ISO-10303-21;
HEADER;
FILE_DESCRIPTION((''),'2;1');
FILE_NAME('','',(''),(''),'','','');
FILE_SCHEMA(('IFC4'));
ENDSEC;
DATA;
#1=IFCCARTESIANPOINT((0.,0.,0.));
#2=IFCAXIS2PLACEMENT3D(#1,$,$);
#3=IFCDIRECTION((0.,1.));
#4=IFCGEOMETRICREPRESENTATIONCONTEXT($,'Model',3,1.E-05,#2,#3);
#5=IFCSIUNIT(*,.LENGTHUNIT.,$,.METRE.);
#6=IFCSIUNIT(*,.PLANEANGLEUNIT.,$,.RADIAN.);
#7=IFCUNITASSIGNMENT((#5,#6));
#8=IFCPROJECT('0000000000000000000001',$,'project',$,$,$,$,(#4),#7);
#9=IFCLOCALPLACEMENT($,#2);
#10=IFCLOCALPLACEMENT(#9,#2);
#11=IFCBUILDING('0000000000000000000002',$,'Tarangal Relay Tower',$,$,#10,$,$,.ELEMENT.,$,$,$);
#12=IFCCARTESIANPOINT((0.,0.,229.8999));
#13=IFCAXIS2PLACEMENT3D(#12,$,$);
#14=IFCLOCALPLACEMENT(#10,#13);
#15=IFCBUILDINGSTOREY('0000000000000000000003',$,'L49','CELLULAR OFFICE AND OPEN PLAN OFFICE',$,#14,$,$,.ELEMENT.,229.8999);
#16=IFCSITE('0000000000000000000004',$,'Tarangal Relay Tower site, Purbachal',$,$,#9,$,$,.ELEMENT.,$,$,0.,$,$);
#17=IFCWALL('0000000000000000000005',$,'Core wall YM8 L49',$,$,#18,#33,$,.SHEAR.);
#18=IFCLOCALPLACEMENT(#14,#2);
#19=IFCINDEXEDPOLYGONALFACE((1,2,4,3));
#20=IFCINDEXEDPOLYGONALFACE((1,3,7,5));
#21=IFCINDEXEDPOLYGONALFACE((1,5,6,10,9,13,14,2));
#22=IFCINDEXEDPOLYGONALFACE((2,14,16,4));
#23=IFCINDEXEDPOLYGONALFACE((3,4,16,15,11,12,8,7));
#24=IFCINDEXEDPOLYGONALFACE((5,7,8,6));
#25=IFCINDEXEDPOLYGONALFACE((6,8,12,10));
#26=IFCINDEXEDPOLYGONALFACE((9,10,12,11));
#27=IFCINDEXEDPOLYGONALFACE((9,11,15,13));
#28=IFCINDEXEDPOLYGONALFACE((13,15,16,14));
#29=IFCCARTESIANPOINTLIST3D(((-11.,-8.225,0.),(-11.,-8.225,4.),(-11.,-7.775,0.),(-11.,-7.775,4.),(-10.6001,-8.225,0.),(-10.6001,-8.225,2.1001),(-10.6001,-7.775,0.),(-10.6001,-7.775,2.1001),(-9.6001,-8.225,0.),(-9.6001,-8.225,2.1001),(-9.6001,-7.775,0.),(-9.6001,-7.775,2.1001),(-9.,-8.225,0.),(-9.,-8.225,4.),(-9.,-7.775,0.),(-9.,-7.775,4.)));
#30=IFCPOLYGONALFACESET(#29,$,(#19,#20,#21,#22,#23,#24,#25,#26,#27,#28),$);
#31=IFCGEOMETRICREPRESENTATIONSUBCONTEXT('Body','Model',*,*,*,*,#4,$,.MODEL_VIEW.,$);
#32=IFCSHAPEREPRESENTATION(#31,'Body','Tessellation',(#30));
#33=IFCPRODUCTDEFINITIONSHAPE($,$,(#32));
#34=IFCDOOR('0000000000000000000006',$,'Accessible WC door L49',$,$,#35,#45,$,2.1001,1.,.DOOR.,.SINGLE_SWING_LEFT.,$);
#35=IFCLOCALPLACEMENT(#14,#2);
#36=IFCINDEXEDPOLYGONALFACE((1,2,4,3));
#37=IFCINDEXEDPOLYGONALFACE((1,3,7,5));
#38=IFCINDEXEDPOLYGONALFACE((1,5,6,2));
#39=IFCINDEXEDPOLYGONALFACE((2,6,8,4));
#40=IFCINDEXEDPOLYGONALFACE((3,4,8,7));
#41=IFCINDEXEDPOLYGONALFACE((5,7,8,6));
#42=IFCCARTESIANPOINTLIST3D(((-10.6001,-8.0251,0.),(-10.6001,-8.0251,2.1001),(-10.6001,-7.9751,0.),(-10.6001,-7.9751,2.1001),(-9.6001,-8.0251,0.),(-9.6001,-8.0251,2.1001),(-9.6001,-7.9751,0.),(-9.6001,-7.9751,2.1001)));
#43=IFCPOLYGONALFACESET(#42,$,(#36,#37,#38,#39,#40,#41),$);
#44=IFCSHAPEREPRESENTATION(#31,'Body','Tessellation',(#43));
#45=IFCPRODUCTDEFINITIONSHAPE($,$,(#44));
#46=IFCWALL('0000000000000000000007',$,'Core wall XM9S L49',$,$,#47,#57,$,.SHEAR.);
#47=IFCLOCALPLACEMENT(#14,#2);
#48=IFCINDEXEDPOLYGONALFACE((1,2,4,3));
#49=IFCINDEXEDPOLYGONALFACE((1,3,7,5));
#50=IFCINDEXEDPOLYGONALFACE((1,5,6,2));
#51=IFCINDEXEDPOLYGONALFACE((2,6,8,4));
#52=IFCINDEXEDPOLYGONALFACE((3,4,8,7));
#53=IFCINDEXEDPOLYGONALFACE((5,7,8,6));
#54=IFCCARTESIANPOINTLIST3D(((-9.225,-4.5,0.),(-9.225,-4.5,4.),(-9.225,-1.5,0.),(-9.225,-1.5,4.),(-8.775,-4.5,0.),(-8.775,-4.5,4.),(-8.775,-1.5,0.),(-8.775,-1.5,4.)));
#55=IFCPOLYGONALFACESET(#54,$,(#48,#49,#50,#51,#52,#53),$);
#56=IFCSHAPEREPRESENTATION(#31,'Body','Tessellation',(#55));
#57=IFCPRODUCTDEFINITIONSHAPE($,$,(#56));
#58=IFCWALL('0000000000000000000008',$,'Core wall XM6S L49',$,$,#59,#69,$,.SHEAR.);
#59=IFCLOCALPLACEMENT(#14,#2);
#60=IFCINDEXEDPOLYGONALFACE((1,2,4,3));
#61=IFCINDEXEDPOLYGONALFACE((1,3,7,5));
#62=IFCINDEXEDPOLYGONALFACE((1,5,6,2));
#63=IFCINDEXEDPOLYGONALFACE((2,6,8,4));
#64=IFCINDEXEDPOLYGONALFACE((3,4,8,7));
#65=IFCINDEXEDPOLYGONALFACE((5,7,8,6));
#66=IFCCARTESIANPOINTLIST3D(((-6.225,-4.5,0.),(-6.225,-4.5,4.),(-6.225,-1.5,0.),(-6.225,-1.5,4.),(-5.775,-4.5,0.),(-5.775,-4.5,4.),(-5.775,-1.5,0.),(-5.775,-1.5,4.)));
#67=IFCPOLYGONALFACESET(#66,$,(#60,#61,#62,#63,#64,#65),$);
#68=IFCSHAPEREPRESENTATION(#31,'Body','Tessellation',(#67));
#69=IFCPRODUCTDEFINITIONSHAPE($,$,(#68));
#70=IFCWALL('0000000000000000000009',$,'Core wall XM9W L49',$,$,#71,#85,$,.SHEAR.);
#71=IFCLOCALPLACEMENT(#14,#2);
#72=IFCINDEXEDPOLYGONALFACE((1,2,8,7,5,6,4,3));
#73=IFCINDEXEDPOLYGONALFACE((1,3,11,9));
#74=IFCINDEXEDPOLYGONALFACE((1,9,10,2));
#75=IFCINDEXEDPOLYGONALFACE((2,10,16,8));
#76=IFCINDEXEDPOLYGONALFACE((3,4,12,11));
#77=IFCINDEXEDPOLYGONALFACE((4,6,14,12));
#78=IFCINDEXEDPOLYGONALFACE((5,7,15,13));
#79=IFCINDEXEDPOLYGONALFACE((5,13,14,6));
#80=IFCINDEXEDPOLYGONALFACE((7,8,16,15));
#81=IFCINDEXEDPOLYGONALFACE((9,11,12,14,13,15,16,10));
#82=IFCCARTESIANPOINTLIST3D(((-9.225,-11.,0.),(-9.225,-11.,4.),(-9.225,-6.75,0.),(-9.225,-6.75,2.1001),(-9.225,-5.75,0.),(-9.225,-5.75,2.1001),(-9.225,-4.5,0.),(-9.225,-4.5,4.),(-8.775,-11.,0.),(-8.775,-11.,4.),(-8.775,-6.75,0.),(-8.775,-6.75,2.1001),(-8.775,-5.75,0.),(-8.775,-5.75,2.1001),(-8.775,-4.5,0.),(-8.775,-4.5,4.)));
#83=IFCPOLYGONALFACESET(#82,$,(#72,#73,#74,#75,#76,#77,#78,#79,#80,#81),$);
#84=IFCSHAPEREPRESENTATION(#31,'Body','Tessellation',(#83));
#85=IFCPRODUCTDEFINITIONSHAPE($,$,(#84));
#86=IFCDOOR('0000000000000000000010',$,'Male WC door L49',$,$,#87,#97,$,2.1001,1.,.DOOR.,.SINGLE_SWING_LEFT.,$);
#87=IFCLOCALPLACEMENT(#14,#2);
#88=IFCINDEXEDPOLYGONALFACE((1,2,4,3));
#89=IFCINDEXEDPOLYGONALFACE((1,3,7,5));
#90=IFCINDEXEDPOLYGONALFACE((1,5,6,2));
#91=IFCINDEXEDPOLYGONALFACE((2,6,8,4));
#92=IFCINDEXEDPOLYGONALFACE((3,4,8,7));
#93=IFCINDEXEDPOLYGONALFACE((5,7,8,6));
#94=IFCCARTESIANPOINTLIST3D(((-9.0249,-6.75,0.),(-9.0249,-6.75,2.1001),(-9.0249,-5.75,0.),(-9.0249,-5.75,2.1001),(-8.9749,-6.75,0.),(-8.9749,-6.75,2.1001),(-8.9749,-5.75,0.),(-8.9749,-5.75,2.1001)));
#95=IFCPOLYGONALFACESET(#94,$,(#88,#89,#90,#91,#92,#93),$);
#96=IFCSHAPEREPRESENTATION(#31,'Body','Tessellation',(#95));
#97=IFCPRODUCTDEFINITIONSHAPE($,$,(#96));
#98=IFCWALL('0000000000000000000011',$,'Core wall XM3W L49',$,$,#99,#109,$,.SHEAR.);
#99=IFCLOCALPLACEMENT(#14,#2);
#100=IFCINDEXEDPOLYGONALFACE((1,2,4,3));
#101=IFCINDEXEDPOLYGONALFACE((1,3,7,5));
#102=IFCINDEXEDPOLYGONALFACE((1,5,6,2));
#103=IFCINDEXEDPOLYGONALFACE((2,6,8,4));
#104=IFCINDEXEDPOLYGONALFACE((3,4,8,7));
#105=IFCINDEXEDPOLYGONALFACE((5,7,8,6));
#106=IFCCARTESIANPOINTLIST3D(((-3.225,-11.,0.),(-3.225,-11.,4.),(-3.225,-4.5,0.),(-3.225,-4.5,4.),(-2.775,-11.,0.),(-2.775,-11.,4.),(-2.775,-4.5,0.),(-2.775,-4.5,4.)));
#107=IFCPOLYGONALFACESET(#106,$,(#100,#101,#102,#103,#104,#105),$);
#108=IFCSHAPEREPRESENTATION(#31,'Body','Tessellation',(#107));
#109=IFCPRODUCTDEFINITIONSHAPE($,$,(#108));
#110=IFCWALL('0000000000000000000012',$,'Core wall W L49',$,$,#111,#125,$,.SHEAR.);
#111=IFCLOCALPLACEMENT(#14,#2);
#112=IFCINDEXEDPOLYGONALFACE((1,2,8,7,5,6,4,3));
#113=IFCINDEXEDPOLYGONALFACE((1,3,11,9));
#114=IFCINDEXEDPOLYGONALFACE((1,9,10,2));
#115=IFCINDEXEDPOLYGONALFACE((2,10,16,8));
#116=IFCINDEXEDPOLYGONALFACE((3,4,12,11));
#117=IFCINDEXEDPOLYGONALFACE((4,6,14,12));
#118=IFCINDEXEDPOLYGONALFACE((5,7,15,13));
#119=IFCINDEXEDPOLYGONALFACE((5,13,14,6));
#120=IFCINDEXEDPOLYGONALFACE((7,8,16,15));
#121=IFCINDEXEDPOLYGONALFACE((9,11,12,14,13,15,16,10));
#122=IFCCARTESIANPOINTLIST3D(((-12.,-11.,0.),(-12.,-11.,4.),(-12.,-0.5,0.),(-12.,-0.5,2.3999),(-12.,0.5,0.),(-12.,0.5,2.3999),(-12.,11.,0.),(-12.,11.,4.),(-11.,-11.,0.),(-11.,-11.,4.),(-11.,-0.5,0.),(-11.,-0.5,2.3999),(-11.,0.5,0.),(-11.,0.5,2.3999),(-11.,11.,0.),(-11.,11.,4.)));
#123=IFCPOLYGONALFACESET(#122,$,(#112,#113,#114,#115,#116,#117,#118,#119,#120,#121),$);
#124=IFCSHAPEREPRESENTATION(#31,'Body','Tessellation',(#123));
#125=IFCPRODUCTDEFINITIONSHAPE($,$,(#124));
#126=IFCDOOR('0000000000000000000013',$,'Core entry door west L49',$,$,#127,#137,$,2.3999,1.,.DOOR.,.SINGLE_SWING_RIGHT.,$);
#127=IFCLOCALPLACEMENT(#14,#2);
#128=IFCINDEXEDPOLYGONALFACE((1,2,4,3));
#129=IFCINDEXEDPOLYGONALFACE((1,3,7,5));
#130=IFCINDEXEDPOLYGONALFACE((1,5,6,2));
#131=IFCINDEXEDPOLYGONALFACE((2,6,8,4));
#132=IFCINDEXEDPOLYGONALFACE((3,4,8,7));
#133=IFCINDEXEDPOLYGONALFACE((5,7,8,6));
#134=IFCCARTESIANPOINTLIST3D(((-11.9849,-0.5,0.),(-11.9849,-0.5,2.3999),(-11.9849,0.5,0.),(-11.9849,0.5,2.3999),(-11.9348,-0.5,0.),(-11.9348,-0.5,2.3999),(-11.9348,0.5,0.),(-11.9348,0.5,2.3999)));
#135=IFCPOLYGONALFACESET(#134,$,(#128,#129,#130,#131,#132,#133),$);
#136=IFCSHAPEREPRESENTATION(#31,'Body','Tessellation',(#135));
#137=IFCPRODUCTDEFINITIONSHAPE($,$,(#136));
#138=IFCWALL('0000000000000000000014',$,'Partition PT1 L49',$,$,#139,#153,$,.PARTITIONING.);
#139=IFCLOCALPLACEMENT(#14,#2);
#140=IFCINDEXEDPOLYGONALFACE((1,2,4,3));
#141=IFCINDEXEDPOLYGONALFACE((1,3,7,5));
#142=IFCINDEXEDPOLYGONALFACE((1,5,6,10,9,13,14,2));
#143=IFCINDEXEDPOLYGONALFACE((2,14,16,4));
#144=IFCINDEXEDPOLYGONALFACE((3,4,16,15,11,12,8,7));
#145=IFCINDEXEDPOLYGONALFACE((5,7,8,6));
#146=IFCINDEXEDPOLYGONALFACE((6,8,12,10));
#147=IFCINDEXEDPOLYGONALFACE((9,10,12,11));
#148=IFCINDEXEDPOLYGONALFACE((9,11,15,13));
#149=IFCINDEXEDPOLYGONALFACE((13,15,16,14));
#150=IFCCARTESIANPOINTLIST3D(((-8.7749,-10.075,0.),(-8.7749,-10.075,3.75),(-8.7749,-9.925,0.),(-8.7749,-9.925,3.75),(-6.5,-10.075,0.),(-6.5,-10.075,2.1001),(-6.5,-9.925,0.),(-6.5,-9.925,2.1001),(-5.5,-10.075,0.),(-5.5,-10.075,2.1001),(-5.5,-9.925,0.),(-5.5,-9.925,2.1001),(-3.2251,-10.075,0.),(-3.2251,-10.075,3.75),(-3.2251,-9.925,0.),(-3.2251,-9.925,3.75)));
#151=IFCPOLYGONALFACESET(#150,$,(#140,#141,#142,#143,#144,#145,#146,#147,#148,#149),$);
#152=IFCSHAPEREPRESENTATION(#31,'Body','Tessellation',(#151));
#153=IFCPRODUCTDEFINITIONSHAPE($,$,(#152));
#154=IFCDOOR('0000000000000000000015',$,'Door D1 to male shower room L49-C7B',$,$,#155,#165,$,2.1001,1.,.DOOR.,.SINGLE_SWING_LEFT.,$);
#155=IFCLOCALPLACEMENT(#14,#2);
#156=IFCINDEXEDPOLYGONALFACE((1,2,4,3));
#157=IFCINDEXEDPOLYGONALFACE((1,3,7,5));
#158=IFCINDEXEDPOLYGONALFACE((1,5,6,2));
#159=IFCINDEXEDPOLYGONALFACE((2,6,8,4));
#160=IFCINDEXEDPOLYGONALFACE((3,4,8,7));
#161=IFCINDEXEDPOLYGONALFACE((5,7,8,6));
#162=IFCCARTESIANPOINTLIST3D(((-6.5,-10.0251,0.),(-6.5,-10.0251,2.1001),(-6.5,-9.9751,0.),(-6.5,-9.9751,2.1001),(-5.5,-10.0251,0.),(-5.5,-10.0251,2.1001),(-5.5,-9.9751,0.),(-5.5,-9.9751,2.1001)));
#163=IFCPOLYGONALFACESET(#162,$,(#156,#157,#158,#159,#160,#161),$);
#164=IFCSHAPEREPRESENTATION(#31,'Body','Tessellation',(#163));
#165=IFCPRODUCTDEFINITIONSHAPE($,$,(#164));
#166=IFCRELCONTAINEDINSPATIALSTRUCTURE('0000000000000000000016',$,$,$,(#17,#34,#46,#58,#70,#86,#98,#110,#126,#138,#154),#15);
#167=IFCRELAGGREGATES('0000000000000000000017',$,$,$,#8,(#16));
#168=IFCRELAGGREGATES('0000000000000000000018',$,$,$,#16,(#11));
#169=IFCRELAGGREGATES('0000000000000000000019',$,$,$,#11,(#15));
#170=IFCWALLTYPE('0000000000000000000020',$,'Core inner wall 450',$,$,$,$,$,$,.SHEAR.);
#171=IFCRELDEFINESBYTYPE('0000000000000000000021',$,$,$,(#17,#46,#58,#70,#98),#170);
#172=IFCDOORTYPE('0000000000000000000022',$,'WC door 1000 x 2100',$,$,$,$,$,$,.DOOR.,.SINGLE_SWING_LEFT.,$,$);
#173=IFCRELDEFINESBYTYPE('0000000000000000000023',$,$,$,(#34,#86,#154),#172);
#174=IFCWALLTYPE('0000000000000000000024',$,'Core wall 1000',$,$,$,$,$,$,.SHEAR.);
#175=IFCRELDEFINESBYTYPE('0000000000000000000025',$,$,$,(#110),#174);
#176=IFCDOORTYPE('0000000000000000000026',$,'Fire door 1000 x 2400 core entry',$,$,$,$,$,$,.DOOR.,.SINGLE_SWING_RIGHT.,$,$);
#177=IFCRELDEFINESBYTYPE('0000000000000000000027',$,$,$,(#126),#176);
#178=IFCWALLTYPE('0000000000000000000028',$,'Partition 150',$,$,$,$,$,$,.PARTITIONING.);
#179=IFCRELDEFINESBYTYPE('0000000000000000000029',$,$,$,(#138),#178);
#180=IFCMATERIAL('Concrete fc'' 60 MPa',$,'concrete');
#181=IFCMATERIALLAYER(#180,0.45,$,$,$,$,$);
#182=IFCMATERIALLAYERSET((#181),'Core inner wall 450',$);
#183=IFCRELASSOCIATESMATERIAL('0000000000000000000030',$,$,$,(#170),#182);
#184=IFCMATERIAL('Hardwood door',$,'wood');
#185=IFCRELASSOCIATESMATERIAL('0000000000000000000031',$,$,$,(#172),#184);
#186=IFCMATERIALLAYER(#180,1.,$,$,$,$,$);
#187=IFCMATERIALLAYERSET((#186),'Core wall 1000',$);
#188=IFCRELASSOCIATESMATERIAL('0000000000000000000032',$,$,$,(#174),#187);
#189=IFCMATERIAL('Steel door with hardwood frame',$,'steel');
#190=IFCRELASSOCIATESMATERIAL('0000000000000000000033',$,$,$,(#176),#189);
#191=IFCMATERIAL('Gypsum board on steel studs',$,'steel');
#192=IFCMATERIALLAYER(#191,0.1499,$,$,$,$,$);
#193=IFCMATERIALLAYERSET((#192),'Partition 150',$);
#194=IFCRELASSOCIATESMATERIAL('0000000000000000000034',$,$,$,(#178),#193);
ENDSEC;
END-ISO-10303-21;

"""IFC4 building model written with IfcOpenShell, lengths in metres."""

from ifc_helpers import new_model, si_unit, direction, frame, frame_2d, origin, place, context, subcontext, project, spatial, rectangle, extrude, material, layer, layer_set, type_object, element, fill, save


model = new_model("IFC4")

# Units and contexts
model_context = context("Model", 3, precision=1e-05, world=origin(), true_north=direction((0.0, 1.0)))
body_context = subcontext(model_context, "Body", "Model", "MODEL_VIEW")
ifc_project = project(units=[si_unit("LENGTHUNIT", "METRE"), si_unit("PLANEANGLEUNIT", "RADIAN")], contexts=[model_context])

# Site, building, storey
site_placement = place(None, origin())
site = spatial("IfcSite", under=ifc_project, at=site_placement, Name="Tarangal Relay Tower site, Purbachal", CompositionType="ELEMENT", RefElevation=0.0)
building_placement = place(site_placement, origin())
building = spatial("IfcBuilding", under=site, at=building_placement, Name="Tarangal Relay Tower", CompositionType="ELEMENT")
storey_placement = place(building_placement, frame((0.0, 0.0, 229.8999)))
storey = spatial("IfcBuildingStorey", under=building, at=storey_placement, Name="L49", Description="CELLULAR OFFICE AND OPEN PLAN OFFICE", CompositionType="ELEMENT", Elevation=229.8999)

# Shared definitions
ifc_material_1 = material(Name="Concrete fc' 60 MPa", Category="concrete")
ifc_layer_1 = layer(ifc_material_1, 0.45)
ifc_layer_set_1 = layer_set([ifc_layer_1], Name="Core inner wall 450")
wall_type_1 = type_object("IfcWallType", Name="Core inner wall 450", PredefinedType="SHEAR", material=ifc_layer_set_1)
ifc_material_2 = material(Name="Steel door with hardwood frame", Category="steel")

# Wall, opening, door
wall_1_placement = place(storey_placement, frame((-11.0, -8.0, 0.0), z_axis=(0.0, 0.0, 1.0), x_axis=(1.0, 0.0, 0.0)))
wall_1 = element("IfcWall", 1, at=wall_1_placement, inside=storey, type_object=wall_type_1, Name="Core wall YM8 L49", PredefinedType="SHEAR", context=body_context, shape_type="SweptSolid", body=[
    extrude(rectangle(XDim=2.0, YDim=0.45, at=frame_2d((1.0, 0.0))), origin(), (0.0, 0.0, 1.0), 4.0),
])
opening_1_placement = place(wall_1_placement, frame((0.3999, 0.0, 0.0)))
opening_1 = element("IfcOpeningElement", 2, at=opening_1_placement, cuts=wall_1, PredefinedType="OPENING", context=body_context, shape_type="SweptSolid", body=[
    extrude(rectangle(XDim=1.0, YDim=2.1001, at=frame_2d((0.5, 1.05))), frame((0.0, 0.2349, 0.0), z_axis=(0.0, -1.0, 0.0), x_axis=(1.0, 0.0, 0.0)), (0.0, 0.0, 1.0), 0.47),
])
ifc_material_3 = material(Name="Hardwood door", Category="wood")
door_type_1 = type_object("IfcDoorType", Name="WC door 1000 x 2100", OperationType="SINGLE_SWING_LEFT", PredefinedType="DOOR", material=ifc_material_3)
door_1_placement = place(opening_1_placement, origin())
door_1 = element("IfcDoor", 3, at=door_1_placement, inside=storey, type_object=door_type_1, Name="Accessible WC door L49", OperationType="SINGLE_SWING_LEFT", OverallHeight=2.1001, OverallWidth=1.0, PredefinedType="DOOR", context=body_context, shape_type="SweptSolid", body=[
    extrude(rectangle(XDim=1.0, YDim=2.1001, at=frame_2d((0.5, 1.05))), frame((0.0, 0.0249, 0.0), z_axis=(0.0, -1.0, 0.0), x_axis=(1.0, 0.0, 0.0)), (0.0, 0.0, 1.0), 0.05),
])
fill(opening_1, door_1)

# Walls
for number, where, z_axis, x_axis, name in (
    (4, (-9.0, -4.5, 0.0), (0.0, 0.0, 1.0), (0.0, 1.0, 0.0), "Core wall XM9S L49"),
    (5, (-6.0, -4.5, 0.0), (0.0, 0.0, 1.0), (0.0, 1.0, 0.0), "Core wall XM6S L49"),
):
    element("IfcWall", number, at=place(storey_placement, frame(where, z_axis=z_axis, x_axis=x_axis)), inside=storey, type_object=wall_type_1, Name=name, PredefinedType="SHEAR", context=body_context, shape_type="SweptSolid", body=[
        extrude(rectangle(XDim=3.0, YDim=0.45, at=frame_2d((1.5, 0.0))), origin(), (0.0, 0.0, 1.0), 4.0),
    ])

# Wall, opening, door
wall_2_placement = place(storey_placement, frame((-9.0, -11.0, 0.0), z_axis=(0.0, 0.0, 1.0), x_axis=(0.0, 1.0, 0.0)))
wall_2 = element("IfcWall", 6, at=wall_2_placement, inside=storey, type_object=wall_type_1, Name="Core wall XM9W L49", PredefinedType="SHEAR", context=body_context, shape_type="SweptSolid", body=[
    extrude(rectangle(XDim=6.5, YDim=0.45, at=frame_2d((3.25, 0.0))), origin(), (0.0, 0.0, 1.0), 4.0),
])
opening_2_placement = place(wall_2_placement, frame((4.25, 0.0, 0.0)))
opening_2 = element("IfcOpeningElement", 7, at=opening_2_placement, cuts=wall_2, PredefinedType="OPENING", context=body_context, shape_type="SweptSolid", body=[
    extrude(rectangle(XDim=1.0, YDim=2.1001, at=frame_2d((0.5, 1.05))), frame((0.0, 0.2349, 0.0), z_axis=(0.0, -1.0, 0.0), x_axis=(1.0, 0.0, 0.0)), (0.0, 0.0, 1.0), 0.47),
])
door_2_placement = place(opening_2_placement, origin())
door_2 = element("IfcDoor", 8, at=door_2_placement, inside=storey, type_object=door_type_1, Name="Male WC door L49", OperationType="SINGLE_SWING_LEFT", OverallHeight=2.1001, OverallWidth=1.0, PredefinedType="DOOR", context=body_context, shape_type="SweptSolid", body=[
    extrude(rectangle(XDim=1.0, YDim=2.1001, at=frame_2d((0.5, 1.05))), frame((0.0, 0.0249, 0.0), z_axis=(0.0, -1.0, 0.0), x_axis=(1.0, 0.0, 0.0)), (0.0, 0.0, 1.0), 0.05),
])
fill(opening_2, door_2)

# Wall
wall_3_placement = place(storey_placement, frame((-3.0, -11.0, 0.0), z_axis=(0.0, 0.0, 1.0), x_axis=(0.0, 1.0, 0.0)))
element("IfcWall", 9, at=wall_3_placement, inside=storey, type_object=wall_type_1, Name="Core wall XM3W L49", PredefinedType="SHEAR", context=body_context, shape_type="SweptSolid", body=[
    extrude(rectangle(XDim=6.5, YDim=0.45, at=frame_2d((3.25, 0.0))), origin(), (0.0, 0.0, 1.0), 4.0),
])

# Walls, openings, doors
ifc_layer_2 = layer(ifc_material_1, 1.0)
ifc_layer_set_2 = layer_set([ifc_layer_2], Name="Core wall 1000")
wall_type_2 = type_object("IfcWallType", Name="Core wall 1000", PredefinedType="SHEAR", material=ifc_layer_set_2)
wall_4_placement = place(storey_placement, frame((-11.5, -11.0, 0.0), z_axis=(0.0, 0.0, 1.0), x_axis=(0.0, 1.0, 0.0)))
wall_4 = element("IfcWall", 10, at=wall_4_placement, inside=storey, type_object=wall_type_2, Name="Core wall W L49", PredefinedType="SHEAR", context=body_context, shape_type="SweptSolid", body=[
    extrude(rectangle(XDim=22.0, YDim=1.0, at=frame_2d((11.0, 0.0))), origin(), (0.0, 0.0, 1.0), 4.0),
])
opening_3_placement = place(wall_4_placement, frame((10.5, 0.0, 0.0)))
opening_3 = element("IfcOpeningElement", 11, at=opening_3_placement, cuts=wall_4, PredefinedType="OPENING", context=body_context, shape_type="SweptSolid", body=[
    extrude(rectangle(XDim=1.0, YDim=2.3999, at=frame_2d((0.5, 1.2))), frame((0.0, 0.51, 0.0), z_axis=(0.0, -1.0, 0.0), x_axis=(1.0, 0.0, 0.0)), (0.0, 0.0, 1.0), 1.02),
])
door_type_2 = type_object("IfcDoorType", Name="Fire door 1000 x 2400 core entry", OperationType="SINGLE_SWING_RIGHT", PredefinedType="DOOR", material=ifc_material_2)
door_3_placement = place(opening_3_placement, origin())
door_3 = element("IfcDoor", 12, at=door_3_placement, inside=storey, type_object=door_type_2, Name="Core entry door west L49", OperationType="SINGLE_SWING_RIGHT", OverallHeight=2.3999, OverallWidth=1.0, PredefinedType="DOOR", context=body_context, shape_type="SweptSolid", body=[
    extrude(rectangle(XDim=1.0, YDim=2.3999, at=frame_2d((0.5, 1.2))), frame((0.0, 0.4849, 0.0), z_axis=(0.0, -1.0, 0.0), x_axis=(1.0, 0.0, 0.0)), (0.0, 0.0, 1.0), 0.05),
])
fill(opening_3, door_3)
ifc_material_4 = material(Name="Gypsum board on steel studs", Category="steel")
ifc_layer_3 = layer(ifc_material_4, 0.1499)
ifc_layer_set_3 = layer_set([ifc_layer_3], Name="Partition 150")
wall_type_3 = type_object("IfcWallType", Name="Partition 150", PredefinedType="PARTITIONING", material=ifc_layer_set_3)
wall_5_placement = place(storey_placement, frame((-8.7749, -10.0, 0.0), z_axis=(0.0, 0.0, 1.0), x_axis=(1.0, 0.0, 0.0)))
wall_5 = element("IfcWall", 13, at=wall_5_placement, inside=storey, type_object=wall_type_3, Name="Partition PT1 L49", PredefinedType="PARTITIONING", context=body_context, shape_type="SweptSolid", body=[
    extrude(rectangle(XDim=5.5498, YDim=0.1499, at=frame_2d((2.7749, 0.0))), origin(), (0.0, 0.0, 1.0), 3.75),
])
opening_4_placement = place(wall_5_placement, frame((2.2749, 0.0, 0.0)))
opening_4 = element("IfcOpeningElement", 14, at=opening_4_placement, cuts=wall_5, PredefinedType="OPENING", context=body_context, shape_type="SweptSolid", body=[
    extrude(rectangle(XDim=1.0, YDim=2.1001, at=frame_2d((0.5, 1.05))), frame((0.0, 0.085, 0.0), z_axis=(0.0, -1.0, 0.0), x_axis=(1.0, 0.0, 0.0)), (0.0, 0.0, 1.0), 0.1699),
])
door_4_placement = place(opening_4_placement, origin())
door_4 = element("IfcDoor", 15, at=door_4_placement, inside=storey, type_object=door_type_1, Name="Door D1 to male shower room L49-C7B", OperationType="SINGLE_SWING_LEFT", OverallHeight=2.1001, OverallWidth=1.0, PredefinedType="DOOR", context=body_context, shape_type="SweptSolid", body=[
    extrude(rectangle(XDim=1.0, YDim=2.1001, at=frame_2d((0.5, 1.05))), frame((0.0, 0.0249, 0.0), z_axis=(0.0, -1.0, 0.0), x_axis=(1.0, 0.0, 0.0)), (0.0, 0.0, 1.0), 0.05),
])
fill(opening_4, door_4)

save(model, "model.ifc")
